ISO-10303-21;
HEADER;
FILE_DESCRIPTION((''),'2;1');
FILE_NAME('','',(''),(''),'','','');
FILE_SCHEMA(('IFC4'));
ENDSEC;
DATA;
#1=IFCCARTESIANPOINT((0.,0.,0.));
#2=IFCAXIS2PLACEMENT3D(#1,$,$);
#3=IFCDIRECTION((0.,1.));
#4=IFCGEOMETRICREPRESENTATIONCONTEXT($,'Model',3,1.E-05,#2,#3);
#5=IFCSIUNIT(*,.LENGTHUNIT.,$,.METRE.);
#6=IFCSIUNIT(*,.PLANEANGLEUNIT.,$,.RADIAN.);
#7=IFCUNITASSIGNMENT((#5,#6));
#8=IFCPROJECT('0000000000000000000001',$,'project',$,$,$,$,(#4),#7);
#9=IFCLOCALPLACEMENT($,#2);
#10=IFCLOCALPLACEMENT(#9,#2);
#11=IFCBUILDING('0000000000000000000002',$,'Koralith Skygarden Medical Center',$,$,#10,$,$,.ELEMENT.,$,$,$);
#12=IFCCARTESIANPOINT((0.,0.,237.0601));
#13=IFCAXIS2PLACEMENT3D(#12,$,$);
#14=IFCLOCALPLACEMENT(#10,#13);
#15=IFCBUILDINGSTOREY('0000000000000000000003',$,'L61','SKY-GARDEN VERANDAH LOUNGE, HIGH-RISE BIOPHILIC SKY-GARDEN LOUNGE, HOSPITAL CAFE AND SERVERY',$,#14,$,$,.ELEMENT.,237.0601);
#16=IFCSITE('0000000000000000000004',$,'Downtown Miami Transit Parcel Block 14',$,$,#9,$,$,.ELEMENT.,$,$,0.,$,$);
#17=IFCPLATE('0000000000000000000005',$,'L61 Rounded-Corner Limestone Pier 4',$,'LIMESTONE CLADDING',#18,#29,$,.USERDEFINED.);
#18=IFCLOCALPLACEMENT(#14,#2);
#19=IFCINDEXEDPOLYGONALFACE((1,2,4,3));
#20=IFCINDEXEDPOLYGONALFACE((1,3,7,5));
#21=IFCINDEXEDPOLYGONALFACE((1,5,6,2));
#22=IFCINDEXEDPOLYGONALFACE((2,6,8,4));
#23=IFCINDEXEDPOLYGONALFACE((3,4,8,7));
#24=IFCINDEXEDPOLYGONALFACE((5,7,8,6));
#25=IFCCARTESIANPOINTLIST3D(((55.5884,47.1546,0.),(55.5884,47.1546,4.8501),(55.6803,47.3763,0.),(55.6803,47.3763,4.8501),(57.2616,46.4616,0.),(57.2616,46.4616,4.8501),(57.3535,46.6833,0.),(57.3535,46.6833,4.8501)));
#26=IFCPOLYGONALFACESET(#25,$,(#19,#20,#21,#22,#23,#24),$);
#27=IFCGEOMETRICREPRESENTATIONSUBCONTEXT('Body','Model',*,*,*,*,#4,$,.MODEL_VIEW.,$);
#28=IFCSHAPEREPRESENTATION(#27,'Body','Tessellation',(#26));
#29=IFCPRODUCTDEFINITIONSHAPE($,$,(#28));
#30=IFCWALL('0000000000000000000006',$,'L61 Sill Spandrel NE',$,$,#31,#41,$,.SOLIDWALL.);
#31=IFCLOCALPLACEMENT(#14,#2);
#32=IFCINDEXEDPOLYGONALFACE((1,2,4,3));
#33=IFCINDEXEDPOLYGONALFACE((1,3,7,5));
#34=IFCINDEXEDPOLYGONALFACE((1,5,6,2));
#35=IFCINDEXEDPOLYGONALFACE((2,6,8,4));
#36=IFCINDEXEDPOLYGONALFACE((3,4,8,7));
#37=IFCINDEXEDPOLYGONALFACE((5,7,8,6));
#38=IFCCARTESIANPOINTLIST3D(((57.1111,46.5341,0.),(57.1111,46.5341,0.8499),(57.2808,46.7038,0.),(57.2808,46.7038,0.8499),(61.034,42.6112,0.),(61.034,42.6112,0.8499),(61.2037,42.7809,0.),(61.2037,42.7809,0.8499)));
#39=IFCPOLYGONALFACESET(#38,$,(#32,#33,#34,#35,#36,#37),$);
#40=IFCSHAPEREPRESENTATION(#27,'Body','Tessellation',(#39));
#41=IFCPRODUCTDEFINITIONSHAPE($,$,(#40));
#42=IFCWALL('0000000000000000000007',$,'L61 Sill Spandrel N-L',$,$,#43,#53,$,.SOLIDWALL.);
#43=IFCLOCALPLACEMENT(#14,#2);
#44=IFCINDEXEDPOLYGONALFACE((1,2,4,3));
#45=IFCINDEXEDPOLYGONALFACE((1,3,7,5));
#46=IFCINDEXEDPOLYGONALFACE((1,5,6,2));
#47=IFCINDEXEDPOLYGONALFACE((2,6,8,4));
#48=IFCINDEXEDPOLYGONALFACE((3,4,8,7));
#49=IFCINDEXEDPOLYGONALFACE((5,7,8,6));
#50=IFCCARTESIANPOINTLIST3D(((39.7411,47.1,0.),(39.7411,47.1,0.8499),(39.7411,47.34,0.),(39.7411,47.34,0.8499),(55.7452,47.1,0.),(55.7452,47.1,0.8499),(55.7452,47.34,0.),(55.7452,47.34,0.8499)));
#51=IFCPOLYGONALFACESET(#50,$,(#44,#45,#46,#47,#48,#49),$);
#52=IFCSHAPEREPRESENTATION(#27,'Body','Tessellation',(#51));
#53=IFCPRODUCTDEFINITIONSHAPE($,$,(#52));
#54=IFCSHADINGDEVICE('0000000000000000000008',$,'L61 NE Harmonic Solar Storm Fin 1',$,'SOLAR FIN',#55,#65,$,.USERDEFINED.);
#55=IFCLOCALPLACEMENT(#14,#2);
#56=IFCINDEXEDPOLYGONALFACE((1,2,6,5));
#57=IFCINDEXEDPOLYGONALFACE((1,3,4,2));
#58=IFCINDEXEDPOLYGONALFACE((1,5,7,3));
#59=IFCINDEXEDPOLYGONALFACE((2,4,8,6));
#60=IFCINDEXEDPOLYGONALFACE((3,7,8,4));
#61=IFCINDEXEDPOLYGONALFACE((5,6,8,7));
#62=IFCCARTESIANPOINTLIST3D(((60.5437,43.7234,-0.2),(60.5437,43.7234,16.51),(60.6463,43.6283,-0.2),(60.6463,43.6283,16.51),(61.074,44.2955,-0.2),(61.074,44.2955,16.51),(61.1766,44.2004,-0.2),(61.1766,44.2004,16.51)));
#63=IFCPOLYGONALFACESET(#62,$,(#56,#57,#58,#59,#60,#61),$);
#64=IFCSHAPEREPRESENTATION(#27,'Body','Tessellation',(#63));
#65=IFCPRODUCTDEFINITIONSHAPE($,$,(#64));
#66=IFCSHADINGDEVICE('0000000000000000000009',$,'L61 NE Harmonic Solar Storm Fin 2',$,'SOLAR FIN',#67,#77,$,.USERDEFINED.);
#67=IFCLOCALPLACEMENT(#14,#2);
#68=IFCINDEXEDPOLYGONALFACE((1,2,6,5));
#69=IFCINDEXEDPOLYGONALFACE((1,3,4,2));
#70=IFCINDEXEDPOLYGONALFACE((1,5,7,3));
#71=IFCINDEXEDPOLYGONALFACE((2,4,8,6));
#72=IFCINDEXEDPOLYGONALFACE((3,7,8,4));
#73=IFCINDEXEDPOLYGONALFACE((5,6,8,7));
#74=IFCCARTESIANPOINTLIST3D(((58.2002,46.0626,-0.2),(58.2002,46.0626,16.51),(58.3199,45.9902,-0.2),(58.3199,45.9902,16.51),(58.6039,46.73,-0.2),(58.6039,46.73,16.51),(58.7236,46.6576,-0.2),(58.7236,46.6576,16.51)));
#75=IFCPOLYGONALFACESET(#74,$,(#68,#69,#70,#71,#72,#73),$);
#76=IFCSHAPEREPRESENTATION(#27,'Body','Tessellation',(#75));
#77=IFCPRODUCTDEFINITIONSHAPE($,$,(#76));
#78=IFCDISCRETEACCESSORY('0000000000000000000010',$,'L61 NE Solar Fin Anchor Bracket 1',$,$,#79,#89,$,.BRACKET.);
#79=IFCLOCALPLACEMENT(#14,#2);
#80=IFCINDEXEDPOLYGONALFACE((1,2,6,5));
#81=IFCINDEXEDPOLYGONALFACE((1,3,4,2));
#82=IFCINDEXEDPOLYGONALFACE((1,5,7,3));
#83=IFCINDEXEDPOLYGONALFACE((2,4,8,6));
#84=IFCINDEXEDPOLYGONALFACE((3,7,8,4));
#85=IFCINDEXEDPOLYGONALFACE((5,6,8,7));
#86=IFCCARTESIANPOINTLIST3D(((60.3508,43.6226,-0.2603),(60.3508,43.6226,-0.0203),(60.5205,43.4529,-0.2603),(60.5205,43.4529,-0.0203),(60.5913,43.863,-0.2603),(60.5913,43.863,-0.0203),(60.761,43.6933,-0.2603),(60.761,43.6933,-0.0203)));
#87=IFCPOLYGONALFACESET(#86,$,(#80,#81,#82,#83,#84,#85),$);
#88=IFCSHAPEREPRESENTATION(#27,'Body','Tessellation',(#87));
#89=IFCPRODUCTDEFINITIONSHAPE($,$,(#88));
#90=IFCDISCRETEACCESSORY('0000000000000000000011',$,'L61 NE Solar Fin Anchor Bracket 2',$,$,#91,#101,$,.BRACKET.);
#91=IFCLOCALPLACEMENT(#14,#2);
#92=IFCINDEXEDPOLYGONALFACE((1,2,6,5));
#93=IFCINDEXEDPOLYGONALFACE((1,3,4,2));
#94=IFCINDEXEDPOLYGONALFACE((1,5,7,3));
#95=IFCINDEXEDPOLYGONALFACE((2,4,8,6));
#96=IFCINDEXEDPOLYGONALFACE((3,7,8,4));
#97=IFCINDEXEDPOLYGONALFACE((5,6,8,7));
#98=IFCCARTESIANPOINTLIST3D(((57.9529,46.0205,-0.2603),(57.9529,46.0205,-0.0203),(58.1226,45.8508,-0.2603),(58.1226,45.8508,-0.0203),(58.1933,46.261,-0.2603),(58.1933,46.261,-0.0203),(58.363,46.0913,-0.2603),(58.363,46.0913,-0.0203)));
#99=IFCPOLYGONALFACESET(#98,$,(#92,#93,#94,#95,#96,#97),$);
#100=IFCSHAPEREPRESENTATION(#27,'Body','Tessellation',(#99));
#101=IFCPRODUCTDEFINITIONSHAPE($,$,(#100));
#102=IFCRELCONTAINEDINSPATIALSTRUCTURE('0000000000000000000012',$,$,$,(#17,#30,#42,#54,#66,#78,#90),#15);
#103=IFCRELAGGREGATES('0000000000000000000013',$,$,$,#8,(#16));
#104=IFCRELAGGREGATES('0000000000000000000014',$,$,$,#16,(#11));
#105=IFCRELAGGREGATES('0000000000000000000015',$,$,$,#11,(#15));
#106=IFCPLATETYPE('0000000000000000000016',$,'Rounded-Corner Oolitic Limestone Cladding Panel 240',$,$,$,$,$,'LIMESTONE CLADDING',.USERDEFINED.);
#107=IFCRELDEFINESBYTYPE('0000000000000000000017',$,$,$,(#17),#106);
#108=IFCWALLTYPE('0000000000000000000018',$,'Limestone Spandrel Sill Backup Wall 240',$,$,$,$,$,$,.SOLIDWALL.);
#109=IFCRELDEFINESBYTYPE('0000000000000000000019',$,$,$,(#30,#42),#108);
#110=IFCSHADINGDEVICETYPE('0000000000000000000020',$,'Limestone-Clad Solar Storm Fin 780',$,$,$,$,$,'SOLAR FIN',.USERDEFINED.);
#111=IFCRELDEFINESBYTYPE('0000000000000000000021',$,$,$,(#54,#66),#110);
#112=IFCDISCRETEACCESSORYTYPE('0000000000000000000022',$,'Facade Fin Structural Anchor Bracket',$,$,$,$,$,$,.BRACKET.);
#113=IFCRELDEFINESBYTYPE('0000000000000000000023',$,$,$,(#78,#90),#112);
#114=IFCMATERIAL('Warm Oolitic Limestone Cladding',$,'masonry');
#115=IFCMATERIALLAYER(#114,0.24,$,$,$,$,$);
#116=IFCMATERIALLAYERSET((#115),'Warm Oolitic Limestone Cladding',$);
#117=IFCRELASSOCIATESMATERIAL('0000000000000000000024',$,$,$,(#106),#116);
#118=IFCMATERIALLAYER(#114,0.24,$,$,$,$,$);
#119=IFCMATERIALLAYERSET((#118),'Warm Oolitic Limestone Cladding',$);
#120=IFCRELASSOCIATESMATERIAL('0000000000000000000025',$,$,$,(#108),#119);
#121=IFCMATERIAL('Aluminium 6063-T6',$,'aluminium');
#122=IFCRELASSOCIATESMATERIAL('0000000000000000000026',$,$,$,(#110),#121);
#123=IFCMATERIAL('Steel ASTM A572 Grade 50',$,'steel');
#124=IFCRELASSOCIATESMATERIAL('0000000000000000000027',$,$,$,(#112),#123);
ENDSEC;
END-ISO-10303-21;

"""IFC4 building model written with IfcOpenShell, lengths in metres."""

from ifc_helpers import new_model, si_unit, direction, frame, frame_2d, origin, origin_2d, place, context, subcontext, project, spatial, rectangle, extrude, material, layer, layer_set, type_object, element, save


model = new_model("IFC4")

# Units and contexts
model_context = context("Model", 3, precision=1e-05, world=origin(), true_north=direction((0.0, 1.0)))
body_context = subcontext(model_context, "Body", "Model", "MODEL_VIEW")
ifc_project = project(units=[si_unit("LENGTHUNIT", "METRE"), si_unit("PLANEANGLEUNIT", "RADIAN")], contexts=[model_context])

# Site, building, storey
site_placement = place(None, origin())
site = spatial("IfcSite", under=ifc_project, at=site_placement, Name="Downtown Miami Transit Parcel Block 14", CompositionType="ELEMENT", RefElevation=0.0)
building_placement = place(site_placement, origin())
building = spatial("IfcBuilding", under=site, at=building_placement, Name="Koralith Skygarden Medical Center", CompositionType="ELEMENT")
storey_placement = place(building_placement, frame((0.0, 0.0, 237.0601)))
storey = spatial("IfcBuildingStorey", under=building, at=storey_placement, Name="L61", Description="SKY-GARDEN VERANDAH LOUNGE, HIGH-RISE BIOPHILIC SKY-GARDEN LOUNGE, HOSPITAL CAFE AND SERVERY", CompositionType="ELEMENT", Elevation=237.0601)

# Shared definitions
ifc_material_1 = material(Name="Aluminium 6063-T6", Category="aluminium")

# Plate
ifc_material_2 = material(Name="Warm Oolitic Limestone Cladding", Category="masonry")
ifc_layer_1 = layer(ifc_material_2, 0.24)
ifc_layer_set_1 = layer_set([ifc_layer_1], Name="Warm Oolitic Limestone Cladding")
plate_type_1 = type_object("IfcPlateType", Name="Rounded-Corner Oolitic Limestone Cladding Panel 240", ElementType="LIMESTONE CLADDING", PredefinedType="USERDEFINED", material=ifc_layer_set_1)
plate_1_placement = place(storey_placement, frame((56.4709, 46.9189, 0.0), z_axis=(0.0, 0.0, 1.0), x_axis=(-0.923885, 0.382671, 0.0)))
element("IfcPlate", 1, at=plate_1_placement, inside=storey, type_object=plate_type_1, Name="L61 Rounded-Corner Limestone Pier 4", ObjectType="LIMESTONE CLADDING", PredefinedType="USERDEFINED", context=body_context, shape_type="SweptSolid", body=[
    extrude(rectangle(XDim=1.811, YDim=0.24, at=origin_2d()), origin(), (0.0, 0.0, 1.0), 4.8501),
])

# Walls
ifc_layer_2 = layer(ifc_material_2, 0.24)
ifc_layer_set_2 = layer_set([ifc_layer_2], Name="Warm Oolitic Limestone Cladding")
wall_type = type_object("IfcWallType", Name="Limestone Spandrel Sill Backup Wall 240", PredefinedType="SOLIDWALL", material=ifc_layer_set_2)
wall_1_placement = place(storey_placement, frame((61.1189, 42.696, 0.0), z_axis=(0.0, 0.0, 1.0), x_axis=(-0.707107, 0.707107, 0.0)))
element("IfcWall", 2, at=wall_1_placement, inside=storey, type_object=wall_type, Name="L61 Sill Spandrel NE", PredefinedType="SOLIDWALL", context=body_context, shape_type="SweptSolid", body=[
    extrude(rectangle(XDim=5.5479, YDim=0.24, at=frame_2d((2.7739, 0.0))), origin(), (0.0, 0.0, 1.0), 0.8499),
])
wall_2_placement = place(storey_placement, frame((55.7451, 47.22, 0.0), z_axis=(0.0, 0.0, 1.0), x_axis=(-1.0, 0.0, 0.0)))
element("IfcWall", 3, at=wall_2_placement, inside=storey, type_object=wall_type, Name="L61 Sill Spandrel N-L", PredefinedType="SOLIDWALL", context=body_context, shape_type="SweptSolid", body=[
    extrude(rectangle(XDim=16.0042, YDim=0.24, at=frame_2d((8.002, 0.0))), origin(), (0.0, 0.0, 1.0), 0.8499),
])

# Shading devices
shading_device_type = type_object("IfcShadingDeviceType", Name="Limestone-Clad Solar Storm Fin 780", ElementType="SOLAR FIN", PredefinedType="USERDEFINED", material=ifc_material_1)
for number, where, z_axis, x_axis, name in (
    (4, (60.8601, 43.9619, -0.2), (0.0, 0.0, 1.0), (0.679851, 0.73335, 0.0), "L61 NE Harmonic Solar Storm Fin 1"),
    (5, (58.4619, 46.3601, -0.2), (0.0, 0.0, 1.0), (0.517534, 0.855662, 0.0), "L61 NE Harmonic Solar Storm Fin 2"),
):
    element("IfcShadingDevice", number, at=place(storey_placement, frame(where, z_axis=z_axis, x_axis=x_axis)), inside=storey, type_object=shading_device_type, Name=name, ObjectType="SOLAR FIN", PredefinedType="USERDEFINED", context=body_context, shape_type="SweptSolid", body=[
        extrude(rectangle(XDim=0.78, YDim=0.1399, at=origin_2d()), origin(), (0.0, 0.0, 1.0), 16.71),
    ])

# Discrete accessories
ifc_material_3 = material(Name="Steel ASTM A572 Grade 50", Category="steel")
discrete_accessory_type = type_object("IfcDiscreteAccessoryType", Name="Facade Fin Structural Anchor Bracket", PredefinedType="BRACKET", material=ifc_material_3)
for number, where, z_axis, x_axis, name in (
    (6, (60.5559, 43.658, -0.2603), (0.0, 0.0, 1.0), (0.707107, 0.707107, 0.0), "L61 NE Solar Fin Anchor Bracket 1"),
    (7, (58.158, 46.0559, -0.2603), (0.0, 0.0, 1.0), (0.707107, 0.707107, 0.0), "L61 NE Solar Fin Anchor Bracket 2"),
):
    element("IfcDiscreteAccessory", number, at=place(storey_placement, frame(where, z_axis=z_axis, x_axis=x_axis)), inside=storey, type_object=discrete_accessory_type, Name=name, PredefinedType="BRACKET", context=body_context, shape_type="SweptSolid", body=[
        extrude(rectangle(XDim=0.3401, YDim=0.24, at=origin_2d()), origin(), (0.0, 0.0, 1.0), 0.24),
    ])

save(model, "model.ifc")
